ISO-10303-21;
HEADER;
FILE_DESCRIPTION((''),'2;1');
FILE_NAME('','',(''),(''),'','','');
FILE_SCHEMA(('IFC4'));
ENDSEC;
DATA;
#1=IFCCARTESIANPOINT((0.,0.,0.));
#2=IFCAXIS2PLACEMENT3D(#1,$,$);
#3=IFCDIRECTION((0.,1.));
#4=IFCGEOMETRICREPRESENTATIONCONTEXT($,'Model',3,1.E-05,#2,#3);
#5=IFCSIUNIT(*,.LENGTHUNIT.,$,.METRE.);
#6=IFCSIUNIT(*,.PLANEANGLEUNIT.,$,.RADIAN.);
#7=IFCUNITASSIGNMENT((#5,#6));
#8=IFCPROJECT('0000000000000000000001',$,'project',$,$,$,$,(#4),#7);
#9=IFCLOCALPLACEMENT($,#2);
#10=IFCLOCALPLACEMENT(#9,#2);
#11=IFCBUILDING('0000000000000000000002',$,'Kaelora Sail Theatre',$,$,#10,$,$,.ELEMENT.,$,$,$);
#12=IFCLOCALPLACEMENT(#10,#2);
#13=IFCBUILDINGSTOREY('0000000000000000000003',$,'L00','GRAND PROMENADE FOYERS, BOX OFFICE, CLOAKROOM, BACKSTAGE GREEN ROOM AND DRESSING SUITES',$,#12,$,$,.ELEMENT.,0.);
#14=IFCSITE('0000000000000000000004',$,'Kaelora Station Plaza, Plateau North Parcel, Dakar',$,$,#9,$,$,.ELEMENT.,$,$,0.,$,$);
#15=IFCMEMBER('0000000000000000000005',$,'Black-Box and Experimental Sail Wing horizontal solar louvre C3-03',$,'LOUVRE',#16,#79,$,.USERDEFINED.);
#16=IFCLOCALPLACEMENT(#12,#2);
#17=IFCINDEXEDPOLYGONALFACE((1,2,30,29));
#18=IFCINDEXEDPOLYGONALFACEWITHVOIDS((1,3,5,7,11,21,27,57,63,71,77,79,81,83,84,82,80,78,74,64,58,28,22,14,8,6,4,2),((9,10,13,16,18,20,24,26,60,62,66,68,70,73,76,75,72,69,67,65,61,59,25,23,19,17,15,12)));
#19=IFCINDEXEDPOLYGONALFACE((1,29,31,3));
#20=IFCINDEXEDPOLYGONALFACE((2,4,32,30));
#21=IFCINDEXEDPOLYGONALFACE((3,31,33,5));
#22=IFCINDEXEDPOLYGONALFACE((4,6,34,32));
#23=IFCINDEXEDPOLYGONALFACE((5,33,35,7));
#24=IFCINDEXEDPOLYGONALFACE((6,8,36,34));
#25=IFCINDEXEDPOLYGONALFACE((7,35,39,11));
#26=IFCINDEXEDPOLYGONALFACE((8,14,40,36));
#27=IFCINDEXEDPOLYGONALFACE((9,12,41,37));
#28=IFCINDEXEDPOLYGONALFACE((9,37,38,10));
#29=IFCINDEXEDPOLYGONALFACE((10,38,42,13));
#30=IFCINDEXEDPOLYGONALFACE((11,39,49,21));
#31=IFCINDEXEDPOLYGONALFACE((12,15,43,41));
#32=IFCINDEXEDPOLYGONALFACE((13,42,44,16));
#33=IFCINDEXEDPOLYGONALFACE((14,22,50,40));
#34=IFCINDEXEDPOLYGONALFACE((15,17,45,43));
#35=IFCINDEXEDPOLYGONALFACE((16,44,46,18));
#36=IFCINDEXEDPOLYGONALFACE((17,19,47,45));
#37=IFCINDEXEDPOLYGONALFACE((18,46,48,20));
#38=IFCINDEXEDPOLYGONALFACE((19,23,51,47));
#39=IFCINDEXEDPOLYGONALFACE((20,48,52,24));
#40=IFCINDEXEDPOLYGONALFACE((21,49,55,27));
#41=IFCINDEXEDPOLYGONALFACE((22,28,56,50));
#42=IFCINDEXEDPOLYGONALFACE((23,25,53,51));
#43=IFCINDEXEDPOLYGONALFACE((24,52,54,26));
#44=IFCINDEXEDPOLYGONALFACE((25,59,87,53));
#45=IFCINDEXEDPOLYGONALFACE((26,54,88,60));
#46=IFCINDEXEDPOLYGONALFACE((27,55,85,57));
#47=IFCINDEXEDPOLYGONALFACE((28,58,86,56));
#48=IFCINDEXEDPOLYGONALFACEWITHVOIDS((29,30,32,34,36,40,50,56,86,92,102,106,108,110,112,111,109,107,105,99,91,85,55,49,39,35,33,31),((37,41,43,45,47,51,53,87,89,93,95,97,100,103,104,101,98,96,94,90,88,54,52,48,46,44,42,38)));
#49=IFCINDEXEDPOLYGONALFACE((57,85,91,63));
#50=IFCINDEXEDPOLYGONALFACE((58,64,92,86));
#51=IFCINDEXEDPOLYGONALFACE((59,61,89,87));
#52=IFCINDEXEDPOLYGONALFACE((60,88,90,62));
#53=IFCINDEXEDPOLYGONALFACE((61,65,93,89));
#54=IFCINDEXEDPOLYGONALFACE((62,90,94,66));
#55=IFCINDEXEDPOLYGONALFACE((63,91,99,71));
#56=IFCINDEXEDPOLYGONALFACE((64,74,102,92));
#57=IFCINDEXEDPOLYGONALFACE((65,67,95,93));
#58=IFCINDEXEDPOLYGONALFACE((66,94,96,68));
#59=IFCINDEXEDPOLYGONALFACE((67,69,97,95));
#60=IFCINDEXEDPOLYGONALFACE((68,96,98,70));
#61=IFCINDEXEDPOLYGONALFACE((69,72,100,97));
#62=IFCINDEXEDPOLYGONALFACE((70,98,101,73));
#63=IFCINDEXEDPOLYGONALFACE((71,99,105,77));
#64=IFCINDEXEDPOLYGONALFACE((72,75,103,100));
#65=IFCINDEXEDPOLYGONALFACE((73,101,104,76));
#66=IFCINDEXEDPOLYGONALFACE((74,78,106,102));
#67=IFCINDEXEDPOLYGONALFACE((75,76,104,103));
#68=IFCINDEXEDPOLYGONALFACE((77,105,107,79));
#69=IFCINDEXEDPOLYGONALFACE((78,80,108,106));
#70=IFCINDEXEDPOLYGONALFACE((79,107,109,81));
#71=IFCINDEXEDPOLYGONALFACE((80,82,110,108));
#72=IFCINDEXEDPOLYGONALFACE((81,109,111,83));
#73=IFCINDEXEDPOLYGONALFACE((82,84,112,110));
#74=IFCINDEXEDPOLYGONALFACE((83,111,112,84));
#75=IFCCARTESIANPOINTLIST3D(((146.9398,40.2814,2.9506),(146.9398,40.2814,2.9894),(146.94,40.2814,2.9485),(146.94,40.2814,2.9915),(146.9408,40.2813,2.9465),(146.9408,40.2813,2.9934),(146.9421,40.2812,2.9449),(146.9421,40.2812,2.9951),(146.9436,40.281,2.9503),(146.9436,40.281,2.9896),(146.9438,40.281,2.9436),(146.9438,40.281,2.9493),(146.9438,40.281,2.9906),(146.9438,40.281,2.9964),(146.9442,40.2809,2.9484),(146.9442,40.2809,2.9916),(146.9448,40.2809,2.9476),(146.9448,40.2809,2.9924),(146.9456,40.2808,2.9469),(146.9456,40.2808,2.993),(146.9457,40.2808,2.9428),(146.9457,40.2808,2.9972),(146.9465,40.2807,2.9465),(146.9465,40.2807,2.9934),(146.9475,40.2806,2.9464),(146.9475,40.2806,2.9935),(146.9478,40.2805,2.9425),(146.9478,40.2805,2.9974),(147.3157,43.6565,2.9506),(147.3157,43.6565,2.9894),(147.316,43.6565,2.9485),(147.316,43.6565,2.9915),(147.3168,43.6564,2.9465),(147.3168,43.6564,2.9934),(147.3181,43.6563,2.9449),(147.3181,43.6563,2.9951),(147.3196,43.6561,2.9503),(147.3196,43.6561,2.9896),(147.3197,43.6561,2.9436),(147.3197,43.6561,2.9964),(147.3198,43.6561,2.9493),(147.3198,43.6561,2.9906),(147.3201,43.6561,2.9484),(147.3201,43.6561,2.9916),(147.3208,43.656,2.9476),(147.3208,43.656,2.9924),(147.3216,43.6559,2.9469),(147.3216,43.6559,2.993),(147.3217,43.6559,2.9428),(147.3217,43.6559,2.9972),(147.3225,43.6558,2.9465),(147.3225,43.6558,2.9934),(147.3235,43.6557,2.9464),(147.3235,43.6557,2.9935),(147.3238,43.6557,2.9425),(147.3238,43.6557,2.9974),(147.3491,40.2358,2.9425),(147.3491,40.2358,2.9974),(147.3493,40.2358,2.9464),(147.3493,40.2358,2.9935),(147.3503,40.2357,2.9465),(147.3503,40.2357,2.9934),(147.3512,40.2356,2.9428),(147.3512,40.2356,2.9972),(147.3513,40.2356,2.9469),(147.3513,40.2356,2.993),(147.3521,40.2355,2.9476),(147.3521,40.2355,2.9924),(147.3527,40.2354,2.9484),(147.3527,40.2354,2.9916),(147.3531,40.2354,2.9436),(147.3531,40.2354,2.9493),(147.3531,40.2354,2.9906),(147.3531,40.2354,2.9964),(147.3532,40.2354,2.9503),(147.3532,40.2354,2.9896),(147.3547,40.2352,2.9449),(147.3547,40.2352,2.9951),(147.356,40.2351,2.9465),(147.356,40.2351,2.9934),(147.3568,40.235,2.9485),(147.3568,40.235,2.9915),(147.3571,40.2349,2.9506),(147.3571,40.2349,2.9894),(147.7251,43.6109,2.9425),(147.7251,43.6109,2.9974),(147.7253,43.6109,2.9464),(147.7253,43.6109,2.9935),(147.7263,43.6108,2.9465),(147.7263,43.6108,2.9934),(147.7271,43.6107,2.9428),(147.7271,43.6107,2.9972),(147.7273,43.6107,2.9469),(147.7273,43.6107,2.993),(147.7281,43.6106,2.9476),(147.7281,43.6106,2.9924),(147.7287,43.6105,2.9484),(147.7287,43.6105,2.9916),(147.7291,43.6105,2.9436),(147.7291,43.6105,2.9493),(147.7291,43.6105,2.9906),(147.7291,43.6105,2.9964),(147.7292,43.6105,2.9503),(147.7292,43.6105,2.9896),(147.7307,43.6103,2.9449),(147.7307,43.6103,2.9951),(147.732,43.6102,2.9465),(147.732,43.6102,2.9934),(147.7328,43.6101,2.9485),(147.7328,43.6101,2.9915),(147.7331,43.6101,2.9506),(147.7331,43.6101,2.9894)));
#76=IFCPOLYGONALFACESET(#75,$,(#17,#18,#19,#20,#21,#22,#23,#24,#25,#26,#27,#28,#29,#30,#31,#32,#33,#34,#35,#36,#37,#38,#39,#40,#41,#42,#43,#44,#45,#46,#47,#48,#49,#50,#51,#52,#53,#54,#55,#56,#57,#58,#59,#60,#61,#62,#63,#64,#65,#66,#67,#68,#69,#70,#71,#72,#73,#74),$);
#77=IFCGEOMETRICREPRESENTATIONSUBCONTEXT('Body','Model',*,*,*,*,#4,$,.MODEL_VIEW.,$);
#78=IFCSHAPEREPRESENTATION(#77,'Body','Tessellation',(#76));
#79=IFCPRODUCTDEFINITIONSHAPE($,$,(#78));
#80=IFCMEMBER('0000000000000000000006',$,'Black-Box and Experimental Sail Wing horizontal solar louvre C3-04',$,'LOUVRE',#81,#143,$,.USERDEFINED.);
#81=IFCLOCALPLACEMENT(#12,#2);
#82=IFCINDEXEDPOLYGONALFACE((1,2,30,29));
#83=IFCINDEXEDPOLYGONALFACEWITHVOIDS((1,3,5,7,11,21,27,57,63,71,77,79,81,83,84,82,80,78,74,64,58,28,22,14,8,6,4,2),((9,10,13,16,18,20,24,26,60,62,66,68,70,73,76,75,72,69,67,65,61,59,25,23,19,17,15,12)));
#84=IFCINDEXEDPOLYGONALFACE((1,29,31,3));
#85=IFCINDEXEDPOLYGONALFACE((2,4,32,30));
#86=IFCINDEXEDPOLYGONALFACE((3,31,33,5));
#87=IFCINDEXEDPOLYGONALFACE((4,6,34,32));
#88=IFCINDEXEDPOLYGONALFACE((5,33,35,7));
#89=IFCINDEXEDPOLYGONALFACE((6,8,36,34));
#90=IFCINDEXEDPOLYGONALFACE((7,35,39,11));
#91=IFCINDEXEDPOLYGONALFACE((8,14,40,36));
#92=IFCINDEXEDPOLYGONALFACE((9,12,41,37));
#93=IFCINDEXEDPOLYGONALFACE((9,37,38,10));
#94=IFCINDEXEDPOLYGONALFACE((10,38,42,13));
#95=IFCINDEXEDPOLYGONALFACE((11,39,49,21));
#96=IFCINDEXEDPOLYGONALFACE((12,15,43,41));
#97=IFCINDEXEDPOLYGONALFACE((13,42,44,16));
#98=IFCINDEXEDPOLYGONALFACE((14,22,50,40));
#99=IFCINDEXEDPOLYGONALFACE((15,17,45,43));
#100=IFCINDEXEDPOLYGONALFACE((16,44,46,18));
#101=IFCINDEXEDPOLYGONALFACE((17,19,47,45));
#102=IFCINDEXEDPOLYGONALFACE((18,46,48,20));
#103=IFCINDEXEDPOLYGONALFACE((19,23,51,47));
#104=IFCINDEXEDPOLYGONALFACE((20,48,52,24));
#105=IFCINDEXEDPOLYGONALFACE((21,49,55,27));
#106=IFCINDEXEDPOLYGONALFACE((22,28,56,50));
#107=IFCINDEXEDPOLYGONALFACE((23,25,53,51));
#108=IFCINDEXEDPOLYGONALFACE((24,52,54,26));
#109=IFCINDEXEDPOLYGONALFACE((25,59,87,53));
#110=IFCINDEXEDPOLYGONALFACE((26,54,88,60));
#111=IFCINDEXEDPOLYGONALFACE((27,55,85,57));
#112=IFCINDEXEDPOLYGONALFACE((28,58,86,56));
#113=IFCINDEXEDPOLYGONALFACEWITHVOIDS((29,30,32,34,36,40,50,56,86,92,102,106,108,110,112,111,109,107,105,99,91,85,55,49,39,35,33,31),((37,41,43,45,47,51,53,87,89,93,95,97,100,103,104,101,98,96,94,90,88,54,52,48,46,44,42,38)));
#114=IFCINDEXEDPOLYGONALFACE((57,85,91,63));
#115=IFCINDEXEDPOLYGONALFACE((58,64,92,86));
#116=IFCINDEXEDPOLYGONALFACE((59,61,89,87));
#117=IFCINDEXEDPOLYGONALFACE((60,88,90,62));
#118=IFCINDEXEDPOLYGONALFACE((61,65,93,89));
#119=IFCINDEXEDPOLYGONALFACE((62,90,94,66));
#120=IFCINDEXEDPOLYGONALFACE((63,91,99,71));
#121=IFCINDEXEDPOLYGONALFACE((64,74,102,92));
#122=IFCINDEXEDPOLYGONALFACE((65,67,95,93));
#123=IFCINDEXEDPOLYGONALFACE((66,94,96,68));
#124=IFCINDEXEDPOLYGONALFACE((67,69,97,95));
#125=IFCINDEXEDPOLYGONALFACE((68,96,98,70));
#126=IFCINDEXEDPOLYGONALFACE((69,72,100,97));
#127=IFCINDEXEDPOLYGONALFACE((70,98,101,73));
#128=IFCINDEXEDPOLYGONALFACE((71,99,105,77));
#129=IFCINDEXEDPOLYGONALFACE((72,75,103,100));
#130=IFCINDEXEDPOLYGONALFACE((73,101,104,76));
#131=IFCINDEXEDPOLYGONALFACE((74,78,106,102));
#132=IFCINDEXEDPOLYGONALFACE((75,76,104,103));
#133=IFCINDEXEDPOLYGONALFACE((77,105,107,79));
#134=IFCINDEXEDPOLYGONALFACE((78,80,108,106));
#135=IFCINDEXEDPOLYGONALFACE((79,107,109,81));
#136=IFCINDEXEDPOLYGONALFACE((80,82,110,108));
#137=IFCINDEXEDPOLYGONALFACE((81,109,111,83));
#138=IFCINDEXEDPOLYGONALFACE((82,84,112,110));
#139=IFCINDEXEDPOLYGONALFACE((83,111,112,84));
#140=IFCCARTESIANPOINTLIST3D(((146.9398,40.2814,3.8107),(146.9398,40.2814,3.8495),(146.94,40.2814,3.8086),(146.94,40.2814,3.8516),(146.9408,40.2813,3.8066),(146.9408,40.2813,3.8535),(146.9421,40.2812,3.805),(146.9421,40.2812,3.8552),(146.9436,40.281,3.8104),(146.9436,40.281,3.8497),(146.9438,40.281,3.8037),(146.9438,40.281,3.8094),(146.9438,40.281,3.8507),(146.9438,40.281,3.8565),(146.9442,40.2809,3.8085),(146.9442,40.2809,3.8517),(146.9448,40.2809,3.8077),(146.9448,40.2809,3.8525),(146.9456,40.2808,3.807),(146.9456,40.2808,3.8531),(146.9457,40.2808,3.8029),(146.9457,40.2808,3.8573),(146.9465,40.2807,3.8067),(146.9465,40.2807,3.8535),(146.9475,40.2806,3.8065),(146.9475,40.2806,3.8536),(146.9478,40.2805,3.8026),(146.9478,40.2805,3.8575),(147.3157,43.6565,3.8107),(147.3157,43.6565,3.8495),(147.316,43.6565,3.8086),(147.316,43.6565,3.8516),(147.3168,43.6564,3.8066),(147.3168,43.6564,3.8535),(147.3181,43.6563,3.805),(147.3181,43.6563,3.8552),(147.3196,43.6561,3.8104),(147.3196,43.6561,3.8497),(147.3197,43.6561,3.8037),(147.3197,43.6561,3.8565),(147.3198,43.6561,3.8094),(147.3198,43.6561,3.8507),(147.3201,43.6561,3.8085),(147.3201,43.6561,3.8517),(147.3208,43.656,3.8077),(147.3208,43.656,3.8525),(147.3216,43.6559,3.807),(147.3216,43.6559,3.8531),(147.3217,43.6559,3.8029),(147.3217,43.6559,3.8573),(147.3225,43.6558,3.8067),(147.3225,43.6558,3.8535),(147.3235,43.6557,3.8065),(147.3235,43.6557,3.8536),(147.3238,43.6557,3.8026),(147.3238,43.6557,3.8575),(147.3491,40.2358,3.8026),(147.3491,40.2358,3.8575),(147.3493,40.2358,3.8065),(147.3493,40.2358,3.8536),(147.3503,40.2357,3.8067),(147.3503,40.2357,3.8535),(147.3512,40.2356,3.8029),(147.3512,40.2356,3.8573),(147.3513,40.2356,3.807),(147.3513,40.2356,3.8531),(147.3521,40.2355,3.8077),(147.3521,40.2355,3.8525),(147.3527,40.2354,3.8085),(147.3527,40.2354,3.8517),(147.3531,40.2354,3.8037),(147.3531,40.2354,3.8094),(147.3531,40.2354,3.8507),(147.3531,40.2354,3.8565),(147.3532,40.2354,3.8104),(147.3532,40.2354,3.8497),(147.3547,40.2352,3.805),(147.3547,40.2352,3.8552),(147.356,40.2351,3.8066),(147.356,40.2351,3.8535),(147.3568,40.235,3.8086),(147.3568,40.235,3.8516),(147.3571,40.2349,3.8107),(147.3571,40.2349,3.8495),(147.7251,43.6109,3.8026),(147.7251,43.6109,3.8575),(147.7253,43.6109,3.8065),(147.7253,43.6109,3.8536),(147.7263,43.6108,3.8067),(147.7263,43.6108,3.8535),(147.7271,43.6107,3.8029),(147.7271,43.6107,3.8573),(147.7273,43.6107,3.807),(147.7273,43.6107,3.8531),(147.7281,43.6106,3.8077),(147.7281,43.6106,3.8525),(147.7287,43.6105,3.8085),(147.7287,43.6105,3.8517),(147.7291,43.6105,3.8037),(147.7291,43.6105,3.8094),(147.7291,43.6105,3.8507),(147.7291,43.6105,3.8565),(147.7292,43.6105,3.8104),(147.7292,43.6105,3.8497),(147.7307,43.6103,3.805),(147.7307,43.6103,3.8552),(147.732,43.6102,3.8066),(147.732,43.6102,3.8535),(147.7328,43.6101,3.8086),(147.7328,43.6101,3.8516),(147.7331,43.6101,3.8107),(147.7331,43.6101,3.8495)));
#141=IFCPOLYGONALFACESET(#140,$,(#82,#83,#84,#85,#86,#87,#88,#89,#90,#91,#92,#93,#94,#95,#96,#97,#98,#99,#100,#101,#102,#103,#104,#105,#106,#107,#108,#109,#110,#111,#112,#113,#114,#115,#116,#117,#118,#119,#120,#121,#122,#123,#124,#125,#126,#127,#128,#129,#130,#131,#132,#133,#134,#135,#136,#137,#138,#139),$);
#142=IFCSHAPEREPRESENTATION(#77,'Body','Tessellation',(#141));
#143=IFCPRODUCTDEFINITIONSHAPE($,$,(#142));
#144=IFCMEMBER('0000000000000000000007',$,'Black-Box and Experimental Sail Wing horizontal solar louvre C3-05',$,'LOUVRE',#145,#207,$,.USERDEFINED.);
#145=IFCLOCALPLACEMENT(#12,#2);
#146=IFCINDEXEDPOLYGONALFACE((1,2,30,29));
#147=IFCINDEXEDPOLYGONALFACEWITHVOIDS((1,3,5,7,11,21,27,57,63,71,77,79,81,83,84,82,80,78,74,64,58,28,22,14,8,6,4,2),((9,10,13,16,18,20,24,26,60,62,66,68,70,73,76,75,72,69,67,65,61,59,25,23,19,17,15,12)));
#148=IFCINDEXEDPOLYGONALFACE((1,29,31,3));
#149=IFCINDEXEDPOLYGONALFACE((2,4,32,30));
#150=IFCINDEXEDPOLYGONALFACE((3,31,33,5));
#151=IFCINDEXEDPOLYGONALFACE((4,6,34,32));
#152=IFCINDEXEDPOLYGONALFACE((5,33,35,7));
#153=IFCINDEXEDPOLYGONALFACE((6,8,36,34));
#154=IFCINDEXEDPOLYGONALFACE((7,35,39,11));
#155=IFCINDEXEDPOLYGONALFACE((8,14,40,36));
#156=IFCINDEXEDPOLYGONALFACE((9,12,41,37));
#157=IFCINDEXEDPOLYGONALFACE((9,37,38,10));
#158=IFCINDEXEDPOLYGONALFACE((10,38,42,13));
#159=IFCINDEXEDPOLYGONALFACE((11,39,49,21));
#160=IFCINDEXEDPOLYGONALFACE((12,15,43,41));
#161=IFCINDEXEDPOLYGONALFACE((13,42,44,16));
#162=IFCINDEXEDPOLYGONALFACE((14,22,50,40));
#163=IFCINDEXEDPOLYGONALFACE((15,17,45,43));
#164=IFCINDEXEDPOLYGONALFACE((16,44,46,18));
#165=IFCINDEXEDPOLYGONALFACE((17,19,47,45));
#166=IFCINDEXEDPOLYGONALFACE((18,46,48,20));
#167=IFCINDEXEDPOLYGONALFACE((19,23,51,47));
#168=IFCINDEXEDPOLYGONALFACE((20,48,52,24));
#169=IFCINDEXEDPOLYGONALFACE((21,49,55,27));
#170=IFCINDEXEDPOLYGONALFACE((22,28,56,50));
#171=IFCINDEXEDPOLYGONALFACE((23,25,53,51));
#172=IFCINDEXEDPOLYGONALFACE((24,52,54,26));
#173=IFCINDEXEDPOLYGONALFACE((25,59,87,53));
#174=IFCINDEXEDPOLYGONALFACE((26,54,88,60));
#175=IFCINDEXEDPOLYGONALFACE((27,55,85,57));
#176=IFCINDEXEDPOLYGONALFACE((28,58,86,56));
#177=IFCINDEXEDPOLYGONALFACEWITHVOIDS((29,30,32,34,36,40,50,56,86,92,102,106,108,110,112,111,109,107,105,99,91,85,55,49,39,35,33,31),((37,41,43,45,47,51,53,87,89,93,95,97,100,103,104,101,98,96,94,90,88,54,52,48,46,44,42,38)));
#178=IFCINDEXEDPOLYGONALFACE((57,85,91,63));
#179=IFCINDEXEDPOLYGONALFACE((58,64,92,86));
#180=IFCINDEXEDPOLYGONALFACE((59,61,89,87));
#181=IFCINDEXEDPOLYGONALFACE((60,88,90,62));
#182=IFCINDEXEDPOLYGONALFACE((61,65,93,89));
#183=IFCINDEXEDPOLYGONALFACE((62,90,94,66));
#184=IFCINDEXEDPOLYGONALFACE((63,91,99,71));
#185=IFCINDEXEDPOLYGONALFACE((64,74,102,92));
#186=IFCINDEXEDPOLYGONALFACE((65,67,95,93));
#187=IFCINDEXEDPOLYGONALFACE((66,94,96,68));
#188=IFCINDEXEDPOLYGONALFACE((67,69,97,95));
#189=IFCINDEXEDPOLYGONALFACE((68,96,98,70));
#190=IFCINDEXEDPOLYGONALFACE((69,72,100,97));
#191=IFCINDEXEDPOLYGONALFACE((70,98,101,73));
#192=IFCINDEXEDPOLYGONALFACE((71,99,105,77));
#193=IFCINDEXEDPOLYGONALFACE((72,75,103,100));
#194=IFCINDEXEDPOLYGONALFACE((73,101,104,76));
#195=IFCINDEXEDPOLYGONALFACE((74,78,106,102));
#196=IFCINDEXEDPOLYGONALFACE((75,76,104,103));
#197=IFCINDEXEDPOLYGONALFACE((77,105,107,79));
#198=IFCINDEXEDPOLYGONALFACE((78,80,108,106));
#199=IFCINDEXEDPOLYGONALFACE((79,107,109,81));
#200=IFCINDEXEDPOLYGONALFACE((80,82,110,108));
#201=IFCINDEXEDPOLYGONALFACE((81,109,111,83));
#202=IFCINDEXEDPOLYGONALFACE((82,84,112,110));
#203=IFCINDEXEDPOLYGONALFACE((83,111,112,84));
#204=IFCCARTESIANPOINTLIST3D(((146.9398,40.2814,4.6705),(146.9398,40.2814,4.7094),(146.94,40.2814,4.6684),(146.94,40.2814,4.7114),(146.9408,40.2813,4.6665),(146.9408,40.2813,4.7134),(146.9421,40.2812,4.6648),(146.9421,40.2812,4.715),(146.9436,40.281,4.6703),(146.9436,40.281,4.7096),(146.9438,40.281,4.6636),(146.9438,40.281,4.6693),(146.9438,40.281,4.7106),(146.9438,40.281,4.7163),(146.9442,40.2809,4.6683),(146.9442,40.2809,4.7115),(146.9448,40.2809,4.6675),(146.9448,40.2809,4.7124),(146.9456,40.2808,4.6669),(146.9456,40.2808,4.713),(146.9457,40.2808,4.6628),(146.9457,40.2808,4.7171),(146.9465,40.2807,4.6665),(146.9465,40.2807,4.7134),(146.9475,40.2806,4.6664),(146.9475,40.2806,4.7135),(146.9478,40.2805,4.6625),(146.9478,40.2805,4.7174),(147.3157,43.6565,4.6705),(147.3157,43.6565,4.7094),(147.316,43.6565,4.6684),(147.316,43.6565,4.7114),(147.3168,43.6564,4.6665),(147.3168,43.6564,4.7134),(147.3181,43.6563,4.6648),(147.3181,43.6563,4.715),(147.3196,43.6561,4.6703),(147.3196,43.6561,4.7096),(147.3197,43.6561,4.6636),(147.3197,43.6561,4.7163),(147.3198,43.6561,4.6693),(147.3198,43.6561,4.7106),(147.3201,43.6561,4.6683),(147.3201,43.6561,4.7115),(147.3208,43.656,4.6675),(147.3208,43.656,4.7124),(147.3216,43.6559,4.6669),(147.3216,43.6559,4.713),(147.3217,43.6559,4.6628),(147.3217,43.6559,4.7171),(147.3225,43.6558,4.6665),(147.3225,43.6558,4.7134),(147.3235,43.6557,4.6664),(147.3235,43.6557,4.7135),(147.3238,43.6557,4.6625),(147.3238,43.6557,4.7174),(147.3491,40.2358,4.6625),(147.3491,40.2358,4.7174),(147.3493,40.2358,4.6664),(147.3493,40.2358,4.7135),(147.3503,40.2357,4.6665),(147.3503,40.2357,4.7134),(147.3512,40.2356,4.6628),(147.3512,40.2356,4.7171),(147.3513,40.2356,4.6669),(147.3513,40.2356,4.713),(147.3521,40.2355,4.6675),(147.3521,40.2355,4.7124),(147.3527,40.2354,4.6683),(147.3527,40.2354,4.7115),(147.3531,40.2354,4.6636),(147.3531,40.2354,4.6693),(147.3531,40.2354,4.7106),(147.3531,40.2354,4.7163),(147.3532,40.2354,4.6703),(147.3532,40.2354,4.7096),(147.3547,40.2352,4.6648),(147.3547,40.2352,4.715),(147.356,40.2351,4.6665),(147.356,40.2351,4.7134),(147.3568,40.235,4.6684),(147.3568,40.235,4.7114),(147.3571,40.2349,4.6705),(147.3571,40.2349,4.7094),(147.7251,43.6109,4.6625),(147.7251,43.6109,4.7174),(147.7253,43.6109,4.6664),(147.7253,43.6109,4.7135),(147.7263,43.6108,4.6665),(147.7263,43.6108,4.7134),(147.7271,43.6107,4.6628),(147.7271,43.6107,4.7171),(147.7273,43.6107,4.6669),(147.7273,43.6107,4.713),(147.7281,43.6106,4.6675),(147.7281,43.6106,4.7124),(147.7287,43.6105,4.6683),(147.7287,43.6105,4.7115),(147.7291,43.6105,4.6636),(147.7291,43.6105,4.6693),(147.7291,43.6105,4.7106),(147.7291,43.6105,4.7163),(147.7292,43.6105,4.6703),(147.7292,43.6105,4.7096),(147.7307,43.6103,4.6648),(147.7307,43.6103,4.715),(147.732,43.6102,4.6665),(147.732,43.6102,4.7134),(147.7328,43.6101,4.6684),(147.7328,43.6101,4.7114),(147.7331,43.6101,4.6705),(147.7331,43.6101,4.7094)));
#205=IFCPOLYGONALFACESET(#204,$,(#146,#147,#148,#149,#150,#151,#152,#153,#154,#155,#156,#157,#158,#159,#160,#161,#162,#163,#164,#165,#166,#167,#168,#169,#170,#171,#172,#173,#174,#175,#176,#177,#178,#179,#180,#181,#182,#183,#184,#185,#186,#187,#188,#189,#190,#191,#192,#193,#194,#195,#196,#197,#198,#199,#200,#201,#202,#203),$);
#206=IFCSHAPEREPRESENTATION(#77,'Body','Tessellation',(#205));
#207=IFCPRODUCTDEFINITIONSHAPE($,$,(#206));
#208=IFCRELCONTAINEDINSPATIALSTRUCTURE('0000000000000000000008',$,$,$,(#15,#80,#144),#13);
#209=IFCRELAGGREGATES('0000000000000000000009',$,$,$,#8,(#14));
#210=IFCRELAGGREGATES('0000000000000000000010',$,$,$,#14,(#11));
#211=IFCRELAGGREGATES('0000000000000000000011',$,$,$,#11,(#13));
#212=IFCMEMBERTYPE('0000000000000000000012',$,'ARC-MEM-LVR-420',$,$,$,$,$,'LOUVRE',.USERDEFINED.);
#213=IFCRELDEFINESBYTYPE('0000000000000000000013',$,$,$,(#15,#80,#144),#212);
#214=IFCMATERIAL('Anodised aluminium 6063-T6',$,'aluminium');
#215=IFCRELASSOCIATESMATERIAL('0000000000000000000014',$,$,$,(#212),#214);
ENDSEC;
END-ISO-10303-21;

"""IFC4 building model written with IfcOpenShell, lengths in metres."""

from ifc_helpers import new_model, si_unit, direction, frame, origin, origin_2d, place, context, subcontext, project, spatial, hollow_rectangle, extrude, material, material_profile, profile_set, type_object, element, save


model = new_model("IFC4")

# Units and contexts
model_context = context("Model", 3, precision=1e-05, world=origin(), true_north=direction((0.0, 1.0)))
body_context = subcontext(model_context, "Body", "Model", "MODEL_VIEW")
ifc_project = project(units=[si_unit("LENGTHUNIT", "METRE"), si_unit("PLANEANGLEUNIT", "RADIAN")], contexts=[model_context])

# Site, building, storey
site_placement = place(None, origin())
site = spatial("IfcSite", under=ifc_project, at=site_placement, Name="Kaelora Station Plaza, Plateau North Parcel, Dakar", CompositionType="ELEMENT", RefElevation=0.0)
building_placement = place(site_placement, origin())
building = spatial("IfcBuilding", under=site, at=building_placement, Name="Kaelora Sail Theatre", CompositionType="ELEMENT")
storey_placement = place(building_placement, origin())
storey = spatial("IfcBuildingStorey", under=building, at=storey_placement, Name="L00", Description="GRAND PROMENADE FOYERS, BOX OFFICE, CLOAKROOM, BACKSTAGE GREEN ROOM AND DRESSING SUITES", CompositionType="ELEMENT", Elevation=0.0)

# Members
ifc_material_1 = material(Name="Anodised aluminium 6063-T6", Category="aluminium")
ifc_material_profile_1 = material_profile(ifc_material_1, hollow_rectangle(XDim=0.4199, YDim=0.0549, WallThickness=0.0039, InnerFilletRadius=0.0039, OuterFilletRadius=0.0081, at=origin_2d()), Name="LOUVRE 420x55x4")
ifc_profile_set_1 = profile_set([ifc_material_profile_1], Name="Anodised aluminium 6063-T6")
member_type_1 = type_object("IfcMemberType", Name="ARC-MEM-LVR-420", ElementType="LOUVRE", PredefinedType="USERDEFINED", material=ifc_profile_set_1)
for number, where, z_axis, x_axis, name in (
    (1, (147.5244, 43.6333, 2.97), (-0.110716, -0.993852, 0.0), (0.993852, -0.110716, 0.0), "Black-Box and Experimental Sail Wing horizontal solar louvre C3-03"),
    (2, (147.5244, 43.6333, 3.8301), (-0.110716, -0.993852, 0.0), (0.993852, -0.110716, 0.0), "Black-Box and Experimental Sail Wing horizontal solar louvre C3-04"),
    (3, (147.5244, 43.6333, 4.6899), (-0.110716, -0.993852, 0.0), (0.993852, -0.110716, 0.0), "Black-Box and Experimental Sail Wing horizontal solar louvre C3-05"),
):
    element("IfcMember", number, at=place(storey_placement, frame(where, z_axis=z_axis, x_axis=x_axis)), inside=storey, type_object=member_type_1, Name=name, ObjectType="LOUVRE", PredefinedType="USERDEFINED", context=body_context, shape_type="SweptSolid", body=[
        extrude(hollow_rectangle(XDim=0.4199, YDim=0.0549, WallThickness=0.0039, InnerFilletRadius=0.0039, OuterFilletRadius=0.0081, at=origin_2d()), origin(), (0.0, 0.0, 1.0), 3.396),
    ])

save(model, "model.ifc")
